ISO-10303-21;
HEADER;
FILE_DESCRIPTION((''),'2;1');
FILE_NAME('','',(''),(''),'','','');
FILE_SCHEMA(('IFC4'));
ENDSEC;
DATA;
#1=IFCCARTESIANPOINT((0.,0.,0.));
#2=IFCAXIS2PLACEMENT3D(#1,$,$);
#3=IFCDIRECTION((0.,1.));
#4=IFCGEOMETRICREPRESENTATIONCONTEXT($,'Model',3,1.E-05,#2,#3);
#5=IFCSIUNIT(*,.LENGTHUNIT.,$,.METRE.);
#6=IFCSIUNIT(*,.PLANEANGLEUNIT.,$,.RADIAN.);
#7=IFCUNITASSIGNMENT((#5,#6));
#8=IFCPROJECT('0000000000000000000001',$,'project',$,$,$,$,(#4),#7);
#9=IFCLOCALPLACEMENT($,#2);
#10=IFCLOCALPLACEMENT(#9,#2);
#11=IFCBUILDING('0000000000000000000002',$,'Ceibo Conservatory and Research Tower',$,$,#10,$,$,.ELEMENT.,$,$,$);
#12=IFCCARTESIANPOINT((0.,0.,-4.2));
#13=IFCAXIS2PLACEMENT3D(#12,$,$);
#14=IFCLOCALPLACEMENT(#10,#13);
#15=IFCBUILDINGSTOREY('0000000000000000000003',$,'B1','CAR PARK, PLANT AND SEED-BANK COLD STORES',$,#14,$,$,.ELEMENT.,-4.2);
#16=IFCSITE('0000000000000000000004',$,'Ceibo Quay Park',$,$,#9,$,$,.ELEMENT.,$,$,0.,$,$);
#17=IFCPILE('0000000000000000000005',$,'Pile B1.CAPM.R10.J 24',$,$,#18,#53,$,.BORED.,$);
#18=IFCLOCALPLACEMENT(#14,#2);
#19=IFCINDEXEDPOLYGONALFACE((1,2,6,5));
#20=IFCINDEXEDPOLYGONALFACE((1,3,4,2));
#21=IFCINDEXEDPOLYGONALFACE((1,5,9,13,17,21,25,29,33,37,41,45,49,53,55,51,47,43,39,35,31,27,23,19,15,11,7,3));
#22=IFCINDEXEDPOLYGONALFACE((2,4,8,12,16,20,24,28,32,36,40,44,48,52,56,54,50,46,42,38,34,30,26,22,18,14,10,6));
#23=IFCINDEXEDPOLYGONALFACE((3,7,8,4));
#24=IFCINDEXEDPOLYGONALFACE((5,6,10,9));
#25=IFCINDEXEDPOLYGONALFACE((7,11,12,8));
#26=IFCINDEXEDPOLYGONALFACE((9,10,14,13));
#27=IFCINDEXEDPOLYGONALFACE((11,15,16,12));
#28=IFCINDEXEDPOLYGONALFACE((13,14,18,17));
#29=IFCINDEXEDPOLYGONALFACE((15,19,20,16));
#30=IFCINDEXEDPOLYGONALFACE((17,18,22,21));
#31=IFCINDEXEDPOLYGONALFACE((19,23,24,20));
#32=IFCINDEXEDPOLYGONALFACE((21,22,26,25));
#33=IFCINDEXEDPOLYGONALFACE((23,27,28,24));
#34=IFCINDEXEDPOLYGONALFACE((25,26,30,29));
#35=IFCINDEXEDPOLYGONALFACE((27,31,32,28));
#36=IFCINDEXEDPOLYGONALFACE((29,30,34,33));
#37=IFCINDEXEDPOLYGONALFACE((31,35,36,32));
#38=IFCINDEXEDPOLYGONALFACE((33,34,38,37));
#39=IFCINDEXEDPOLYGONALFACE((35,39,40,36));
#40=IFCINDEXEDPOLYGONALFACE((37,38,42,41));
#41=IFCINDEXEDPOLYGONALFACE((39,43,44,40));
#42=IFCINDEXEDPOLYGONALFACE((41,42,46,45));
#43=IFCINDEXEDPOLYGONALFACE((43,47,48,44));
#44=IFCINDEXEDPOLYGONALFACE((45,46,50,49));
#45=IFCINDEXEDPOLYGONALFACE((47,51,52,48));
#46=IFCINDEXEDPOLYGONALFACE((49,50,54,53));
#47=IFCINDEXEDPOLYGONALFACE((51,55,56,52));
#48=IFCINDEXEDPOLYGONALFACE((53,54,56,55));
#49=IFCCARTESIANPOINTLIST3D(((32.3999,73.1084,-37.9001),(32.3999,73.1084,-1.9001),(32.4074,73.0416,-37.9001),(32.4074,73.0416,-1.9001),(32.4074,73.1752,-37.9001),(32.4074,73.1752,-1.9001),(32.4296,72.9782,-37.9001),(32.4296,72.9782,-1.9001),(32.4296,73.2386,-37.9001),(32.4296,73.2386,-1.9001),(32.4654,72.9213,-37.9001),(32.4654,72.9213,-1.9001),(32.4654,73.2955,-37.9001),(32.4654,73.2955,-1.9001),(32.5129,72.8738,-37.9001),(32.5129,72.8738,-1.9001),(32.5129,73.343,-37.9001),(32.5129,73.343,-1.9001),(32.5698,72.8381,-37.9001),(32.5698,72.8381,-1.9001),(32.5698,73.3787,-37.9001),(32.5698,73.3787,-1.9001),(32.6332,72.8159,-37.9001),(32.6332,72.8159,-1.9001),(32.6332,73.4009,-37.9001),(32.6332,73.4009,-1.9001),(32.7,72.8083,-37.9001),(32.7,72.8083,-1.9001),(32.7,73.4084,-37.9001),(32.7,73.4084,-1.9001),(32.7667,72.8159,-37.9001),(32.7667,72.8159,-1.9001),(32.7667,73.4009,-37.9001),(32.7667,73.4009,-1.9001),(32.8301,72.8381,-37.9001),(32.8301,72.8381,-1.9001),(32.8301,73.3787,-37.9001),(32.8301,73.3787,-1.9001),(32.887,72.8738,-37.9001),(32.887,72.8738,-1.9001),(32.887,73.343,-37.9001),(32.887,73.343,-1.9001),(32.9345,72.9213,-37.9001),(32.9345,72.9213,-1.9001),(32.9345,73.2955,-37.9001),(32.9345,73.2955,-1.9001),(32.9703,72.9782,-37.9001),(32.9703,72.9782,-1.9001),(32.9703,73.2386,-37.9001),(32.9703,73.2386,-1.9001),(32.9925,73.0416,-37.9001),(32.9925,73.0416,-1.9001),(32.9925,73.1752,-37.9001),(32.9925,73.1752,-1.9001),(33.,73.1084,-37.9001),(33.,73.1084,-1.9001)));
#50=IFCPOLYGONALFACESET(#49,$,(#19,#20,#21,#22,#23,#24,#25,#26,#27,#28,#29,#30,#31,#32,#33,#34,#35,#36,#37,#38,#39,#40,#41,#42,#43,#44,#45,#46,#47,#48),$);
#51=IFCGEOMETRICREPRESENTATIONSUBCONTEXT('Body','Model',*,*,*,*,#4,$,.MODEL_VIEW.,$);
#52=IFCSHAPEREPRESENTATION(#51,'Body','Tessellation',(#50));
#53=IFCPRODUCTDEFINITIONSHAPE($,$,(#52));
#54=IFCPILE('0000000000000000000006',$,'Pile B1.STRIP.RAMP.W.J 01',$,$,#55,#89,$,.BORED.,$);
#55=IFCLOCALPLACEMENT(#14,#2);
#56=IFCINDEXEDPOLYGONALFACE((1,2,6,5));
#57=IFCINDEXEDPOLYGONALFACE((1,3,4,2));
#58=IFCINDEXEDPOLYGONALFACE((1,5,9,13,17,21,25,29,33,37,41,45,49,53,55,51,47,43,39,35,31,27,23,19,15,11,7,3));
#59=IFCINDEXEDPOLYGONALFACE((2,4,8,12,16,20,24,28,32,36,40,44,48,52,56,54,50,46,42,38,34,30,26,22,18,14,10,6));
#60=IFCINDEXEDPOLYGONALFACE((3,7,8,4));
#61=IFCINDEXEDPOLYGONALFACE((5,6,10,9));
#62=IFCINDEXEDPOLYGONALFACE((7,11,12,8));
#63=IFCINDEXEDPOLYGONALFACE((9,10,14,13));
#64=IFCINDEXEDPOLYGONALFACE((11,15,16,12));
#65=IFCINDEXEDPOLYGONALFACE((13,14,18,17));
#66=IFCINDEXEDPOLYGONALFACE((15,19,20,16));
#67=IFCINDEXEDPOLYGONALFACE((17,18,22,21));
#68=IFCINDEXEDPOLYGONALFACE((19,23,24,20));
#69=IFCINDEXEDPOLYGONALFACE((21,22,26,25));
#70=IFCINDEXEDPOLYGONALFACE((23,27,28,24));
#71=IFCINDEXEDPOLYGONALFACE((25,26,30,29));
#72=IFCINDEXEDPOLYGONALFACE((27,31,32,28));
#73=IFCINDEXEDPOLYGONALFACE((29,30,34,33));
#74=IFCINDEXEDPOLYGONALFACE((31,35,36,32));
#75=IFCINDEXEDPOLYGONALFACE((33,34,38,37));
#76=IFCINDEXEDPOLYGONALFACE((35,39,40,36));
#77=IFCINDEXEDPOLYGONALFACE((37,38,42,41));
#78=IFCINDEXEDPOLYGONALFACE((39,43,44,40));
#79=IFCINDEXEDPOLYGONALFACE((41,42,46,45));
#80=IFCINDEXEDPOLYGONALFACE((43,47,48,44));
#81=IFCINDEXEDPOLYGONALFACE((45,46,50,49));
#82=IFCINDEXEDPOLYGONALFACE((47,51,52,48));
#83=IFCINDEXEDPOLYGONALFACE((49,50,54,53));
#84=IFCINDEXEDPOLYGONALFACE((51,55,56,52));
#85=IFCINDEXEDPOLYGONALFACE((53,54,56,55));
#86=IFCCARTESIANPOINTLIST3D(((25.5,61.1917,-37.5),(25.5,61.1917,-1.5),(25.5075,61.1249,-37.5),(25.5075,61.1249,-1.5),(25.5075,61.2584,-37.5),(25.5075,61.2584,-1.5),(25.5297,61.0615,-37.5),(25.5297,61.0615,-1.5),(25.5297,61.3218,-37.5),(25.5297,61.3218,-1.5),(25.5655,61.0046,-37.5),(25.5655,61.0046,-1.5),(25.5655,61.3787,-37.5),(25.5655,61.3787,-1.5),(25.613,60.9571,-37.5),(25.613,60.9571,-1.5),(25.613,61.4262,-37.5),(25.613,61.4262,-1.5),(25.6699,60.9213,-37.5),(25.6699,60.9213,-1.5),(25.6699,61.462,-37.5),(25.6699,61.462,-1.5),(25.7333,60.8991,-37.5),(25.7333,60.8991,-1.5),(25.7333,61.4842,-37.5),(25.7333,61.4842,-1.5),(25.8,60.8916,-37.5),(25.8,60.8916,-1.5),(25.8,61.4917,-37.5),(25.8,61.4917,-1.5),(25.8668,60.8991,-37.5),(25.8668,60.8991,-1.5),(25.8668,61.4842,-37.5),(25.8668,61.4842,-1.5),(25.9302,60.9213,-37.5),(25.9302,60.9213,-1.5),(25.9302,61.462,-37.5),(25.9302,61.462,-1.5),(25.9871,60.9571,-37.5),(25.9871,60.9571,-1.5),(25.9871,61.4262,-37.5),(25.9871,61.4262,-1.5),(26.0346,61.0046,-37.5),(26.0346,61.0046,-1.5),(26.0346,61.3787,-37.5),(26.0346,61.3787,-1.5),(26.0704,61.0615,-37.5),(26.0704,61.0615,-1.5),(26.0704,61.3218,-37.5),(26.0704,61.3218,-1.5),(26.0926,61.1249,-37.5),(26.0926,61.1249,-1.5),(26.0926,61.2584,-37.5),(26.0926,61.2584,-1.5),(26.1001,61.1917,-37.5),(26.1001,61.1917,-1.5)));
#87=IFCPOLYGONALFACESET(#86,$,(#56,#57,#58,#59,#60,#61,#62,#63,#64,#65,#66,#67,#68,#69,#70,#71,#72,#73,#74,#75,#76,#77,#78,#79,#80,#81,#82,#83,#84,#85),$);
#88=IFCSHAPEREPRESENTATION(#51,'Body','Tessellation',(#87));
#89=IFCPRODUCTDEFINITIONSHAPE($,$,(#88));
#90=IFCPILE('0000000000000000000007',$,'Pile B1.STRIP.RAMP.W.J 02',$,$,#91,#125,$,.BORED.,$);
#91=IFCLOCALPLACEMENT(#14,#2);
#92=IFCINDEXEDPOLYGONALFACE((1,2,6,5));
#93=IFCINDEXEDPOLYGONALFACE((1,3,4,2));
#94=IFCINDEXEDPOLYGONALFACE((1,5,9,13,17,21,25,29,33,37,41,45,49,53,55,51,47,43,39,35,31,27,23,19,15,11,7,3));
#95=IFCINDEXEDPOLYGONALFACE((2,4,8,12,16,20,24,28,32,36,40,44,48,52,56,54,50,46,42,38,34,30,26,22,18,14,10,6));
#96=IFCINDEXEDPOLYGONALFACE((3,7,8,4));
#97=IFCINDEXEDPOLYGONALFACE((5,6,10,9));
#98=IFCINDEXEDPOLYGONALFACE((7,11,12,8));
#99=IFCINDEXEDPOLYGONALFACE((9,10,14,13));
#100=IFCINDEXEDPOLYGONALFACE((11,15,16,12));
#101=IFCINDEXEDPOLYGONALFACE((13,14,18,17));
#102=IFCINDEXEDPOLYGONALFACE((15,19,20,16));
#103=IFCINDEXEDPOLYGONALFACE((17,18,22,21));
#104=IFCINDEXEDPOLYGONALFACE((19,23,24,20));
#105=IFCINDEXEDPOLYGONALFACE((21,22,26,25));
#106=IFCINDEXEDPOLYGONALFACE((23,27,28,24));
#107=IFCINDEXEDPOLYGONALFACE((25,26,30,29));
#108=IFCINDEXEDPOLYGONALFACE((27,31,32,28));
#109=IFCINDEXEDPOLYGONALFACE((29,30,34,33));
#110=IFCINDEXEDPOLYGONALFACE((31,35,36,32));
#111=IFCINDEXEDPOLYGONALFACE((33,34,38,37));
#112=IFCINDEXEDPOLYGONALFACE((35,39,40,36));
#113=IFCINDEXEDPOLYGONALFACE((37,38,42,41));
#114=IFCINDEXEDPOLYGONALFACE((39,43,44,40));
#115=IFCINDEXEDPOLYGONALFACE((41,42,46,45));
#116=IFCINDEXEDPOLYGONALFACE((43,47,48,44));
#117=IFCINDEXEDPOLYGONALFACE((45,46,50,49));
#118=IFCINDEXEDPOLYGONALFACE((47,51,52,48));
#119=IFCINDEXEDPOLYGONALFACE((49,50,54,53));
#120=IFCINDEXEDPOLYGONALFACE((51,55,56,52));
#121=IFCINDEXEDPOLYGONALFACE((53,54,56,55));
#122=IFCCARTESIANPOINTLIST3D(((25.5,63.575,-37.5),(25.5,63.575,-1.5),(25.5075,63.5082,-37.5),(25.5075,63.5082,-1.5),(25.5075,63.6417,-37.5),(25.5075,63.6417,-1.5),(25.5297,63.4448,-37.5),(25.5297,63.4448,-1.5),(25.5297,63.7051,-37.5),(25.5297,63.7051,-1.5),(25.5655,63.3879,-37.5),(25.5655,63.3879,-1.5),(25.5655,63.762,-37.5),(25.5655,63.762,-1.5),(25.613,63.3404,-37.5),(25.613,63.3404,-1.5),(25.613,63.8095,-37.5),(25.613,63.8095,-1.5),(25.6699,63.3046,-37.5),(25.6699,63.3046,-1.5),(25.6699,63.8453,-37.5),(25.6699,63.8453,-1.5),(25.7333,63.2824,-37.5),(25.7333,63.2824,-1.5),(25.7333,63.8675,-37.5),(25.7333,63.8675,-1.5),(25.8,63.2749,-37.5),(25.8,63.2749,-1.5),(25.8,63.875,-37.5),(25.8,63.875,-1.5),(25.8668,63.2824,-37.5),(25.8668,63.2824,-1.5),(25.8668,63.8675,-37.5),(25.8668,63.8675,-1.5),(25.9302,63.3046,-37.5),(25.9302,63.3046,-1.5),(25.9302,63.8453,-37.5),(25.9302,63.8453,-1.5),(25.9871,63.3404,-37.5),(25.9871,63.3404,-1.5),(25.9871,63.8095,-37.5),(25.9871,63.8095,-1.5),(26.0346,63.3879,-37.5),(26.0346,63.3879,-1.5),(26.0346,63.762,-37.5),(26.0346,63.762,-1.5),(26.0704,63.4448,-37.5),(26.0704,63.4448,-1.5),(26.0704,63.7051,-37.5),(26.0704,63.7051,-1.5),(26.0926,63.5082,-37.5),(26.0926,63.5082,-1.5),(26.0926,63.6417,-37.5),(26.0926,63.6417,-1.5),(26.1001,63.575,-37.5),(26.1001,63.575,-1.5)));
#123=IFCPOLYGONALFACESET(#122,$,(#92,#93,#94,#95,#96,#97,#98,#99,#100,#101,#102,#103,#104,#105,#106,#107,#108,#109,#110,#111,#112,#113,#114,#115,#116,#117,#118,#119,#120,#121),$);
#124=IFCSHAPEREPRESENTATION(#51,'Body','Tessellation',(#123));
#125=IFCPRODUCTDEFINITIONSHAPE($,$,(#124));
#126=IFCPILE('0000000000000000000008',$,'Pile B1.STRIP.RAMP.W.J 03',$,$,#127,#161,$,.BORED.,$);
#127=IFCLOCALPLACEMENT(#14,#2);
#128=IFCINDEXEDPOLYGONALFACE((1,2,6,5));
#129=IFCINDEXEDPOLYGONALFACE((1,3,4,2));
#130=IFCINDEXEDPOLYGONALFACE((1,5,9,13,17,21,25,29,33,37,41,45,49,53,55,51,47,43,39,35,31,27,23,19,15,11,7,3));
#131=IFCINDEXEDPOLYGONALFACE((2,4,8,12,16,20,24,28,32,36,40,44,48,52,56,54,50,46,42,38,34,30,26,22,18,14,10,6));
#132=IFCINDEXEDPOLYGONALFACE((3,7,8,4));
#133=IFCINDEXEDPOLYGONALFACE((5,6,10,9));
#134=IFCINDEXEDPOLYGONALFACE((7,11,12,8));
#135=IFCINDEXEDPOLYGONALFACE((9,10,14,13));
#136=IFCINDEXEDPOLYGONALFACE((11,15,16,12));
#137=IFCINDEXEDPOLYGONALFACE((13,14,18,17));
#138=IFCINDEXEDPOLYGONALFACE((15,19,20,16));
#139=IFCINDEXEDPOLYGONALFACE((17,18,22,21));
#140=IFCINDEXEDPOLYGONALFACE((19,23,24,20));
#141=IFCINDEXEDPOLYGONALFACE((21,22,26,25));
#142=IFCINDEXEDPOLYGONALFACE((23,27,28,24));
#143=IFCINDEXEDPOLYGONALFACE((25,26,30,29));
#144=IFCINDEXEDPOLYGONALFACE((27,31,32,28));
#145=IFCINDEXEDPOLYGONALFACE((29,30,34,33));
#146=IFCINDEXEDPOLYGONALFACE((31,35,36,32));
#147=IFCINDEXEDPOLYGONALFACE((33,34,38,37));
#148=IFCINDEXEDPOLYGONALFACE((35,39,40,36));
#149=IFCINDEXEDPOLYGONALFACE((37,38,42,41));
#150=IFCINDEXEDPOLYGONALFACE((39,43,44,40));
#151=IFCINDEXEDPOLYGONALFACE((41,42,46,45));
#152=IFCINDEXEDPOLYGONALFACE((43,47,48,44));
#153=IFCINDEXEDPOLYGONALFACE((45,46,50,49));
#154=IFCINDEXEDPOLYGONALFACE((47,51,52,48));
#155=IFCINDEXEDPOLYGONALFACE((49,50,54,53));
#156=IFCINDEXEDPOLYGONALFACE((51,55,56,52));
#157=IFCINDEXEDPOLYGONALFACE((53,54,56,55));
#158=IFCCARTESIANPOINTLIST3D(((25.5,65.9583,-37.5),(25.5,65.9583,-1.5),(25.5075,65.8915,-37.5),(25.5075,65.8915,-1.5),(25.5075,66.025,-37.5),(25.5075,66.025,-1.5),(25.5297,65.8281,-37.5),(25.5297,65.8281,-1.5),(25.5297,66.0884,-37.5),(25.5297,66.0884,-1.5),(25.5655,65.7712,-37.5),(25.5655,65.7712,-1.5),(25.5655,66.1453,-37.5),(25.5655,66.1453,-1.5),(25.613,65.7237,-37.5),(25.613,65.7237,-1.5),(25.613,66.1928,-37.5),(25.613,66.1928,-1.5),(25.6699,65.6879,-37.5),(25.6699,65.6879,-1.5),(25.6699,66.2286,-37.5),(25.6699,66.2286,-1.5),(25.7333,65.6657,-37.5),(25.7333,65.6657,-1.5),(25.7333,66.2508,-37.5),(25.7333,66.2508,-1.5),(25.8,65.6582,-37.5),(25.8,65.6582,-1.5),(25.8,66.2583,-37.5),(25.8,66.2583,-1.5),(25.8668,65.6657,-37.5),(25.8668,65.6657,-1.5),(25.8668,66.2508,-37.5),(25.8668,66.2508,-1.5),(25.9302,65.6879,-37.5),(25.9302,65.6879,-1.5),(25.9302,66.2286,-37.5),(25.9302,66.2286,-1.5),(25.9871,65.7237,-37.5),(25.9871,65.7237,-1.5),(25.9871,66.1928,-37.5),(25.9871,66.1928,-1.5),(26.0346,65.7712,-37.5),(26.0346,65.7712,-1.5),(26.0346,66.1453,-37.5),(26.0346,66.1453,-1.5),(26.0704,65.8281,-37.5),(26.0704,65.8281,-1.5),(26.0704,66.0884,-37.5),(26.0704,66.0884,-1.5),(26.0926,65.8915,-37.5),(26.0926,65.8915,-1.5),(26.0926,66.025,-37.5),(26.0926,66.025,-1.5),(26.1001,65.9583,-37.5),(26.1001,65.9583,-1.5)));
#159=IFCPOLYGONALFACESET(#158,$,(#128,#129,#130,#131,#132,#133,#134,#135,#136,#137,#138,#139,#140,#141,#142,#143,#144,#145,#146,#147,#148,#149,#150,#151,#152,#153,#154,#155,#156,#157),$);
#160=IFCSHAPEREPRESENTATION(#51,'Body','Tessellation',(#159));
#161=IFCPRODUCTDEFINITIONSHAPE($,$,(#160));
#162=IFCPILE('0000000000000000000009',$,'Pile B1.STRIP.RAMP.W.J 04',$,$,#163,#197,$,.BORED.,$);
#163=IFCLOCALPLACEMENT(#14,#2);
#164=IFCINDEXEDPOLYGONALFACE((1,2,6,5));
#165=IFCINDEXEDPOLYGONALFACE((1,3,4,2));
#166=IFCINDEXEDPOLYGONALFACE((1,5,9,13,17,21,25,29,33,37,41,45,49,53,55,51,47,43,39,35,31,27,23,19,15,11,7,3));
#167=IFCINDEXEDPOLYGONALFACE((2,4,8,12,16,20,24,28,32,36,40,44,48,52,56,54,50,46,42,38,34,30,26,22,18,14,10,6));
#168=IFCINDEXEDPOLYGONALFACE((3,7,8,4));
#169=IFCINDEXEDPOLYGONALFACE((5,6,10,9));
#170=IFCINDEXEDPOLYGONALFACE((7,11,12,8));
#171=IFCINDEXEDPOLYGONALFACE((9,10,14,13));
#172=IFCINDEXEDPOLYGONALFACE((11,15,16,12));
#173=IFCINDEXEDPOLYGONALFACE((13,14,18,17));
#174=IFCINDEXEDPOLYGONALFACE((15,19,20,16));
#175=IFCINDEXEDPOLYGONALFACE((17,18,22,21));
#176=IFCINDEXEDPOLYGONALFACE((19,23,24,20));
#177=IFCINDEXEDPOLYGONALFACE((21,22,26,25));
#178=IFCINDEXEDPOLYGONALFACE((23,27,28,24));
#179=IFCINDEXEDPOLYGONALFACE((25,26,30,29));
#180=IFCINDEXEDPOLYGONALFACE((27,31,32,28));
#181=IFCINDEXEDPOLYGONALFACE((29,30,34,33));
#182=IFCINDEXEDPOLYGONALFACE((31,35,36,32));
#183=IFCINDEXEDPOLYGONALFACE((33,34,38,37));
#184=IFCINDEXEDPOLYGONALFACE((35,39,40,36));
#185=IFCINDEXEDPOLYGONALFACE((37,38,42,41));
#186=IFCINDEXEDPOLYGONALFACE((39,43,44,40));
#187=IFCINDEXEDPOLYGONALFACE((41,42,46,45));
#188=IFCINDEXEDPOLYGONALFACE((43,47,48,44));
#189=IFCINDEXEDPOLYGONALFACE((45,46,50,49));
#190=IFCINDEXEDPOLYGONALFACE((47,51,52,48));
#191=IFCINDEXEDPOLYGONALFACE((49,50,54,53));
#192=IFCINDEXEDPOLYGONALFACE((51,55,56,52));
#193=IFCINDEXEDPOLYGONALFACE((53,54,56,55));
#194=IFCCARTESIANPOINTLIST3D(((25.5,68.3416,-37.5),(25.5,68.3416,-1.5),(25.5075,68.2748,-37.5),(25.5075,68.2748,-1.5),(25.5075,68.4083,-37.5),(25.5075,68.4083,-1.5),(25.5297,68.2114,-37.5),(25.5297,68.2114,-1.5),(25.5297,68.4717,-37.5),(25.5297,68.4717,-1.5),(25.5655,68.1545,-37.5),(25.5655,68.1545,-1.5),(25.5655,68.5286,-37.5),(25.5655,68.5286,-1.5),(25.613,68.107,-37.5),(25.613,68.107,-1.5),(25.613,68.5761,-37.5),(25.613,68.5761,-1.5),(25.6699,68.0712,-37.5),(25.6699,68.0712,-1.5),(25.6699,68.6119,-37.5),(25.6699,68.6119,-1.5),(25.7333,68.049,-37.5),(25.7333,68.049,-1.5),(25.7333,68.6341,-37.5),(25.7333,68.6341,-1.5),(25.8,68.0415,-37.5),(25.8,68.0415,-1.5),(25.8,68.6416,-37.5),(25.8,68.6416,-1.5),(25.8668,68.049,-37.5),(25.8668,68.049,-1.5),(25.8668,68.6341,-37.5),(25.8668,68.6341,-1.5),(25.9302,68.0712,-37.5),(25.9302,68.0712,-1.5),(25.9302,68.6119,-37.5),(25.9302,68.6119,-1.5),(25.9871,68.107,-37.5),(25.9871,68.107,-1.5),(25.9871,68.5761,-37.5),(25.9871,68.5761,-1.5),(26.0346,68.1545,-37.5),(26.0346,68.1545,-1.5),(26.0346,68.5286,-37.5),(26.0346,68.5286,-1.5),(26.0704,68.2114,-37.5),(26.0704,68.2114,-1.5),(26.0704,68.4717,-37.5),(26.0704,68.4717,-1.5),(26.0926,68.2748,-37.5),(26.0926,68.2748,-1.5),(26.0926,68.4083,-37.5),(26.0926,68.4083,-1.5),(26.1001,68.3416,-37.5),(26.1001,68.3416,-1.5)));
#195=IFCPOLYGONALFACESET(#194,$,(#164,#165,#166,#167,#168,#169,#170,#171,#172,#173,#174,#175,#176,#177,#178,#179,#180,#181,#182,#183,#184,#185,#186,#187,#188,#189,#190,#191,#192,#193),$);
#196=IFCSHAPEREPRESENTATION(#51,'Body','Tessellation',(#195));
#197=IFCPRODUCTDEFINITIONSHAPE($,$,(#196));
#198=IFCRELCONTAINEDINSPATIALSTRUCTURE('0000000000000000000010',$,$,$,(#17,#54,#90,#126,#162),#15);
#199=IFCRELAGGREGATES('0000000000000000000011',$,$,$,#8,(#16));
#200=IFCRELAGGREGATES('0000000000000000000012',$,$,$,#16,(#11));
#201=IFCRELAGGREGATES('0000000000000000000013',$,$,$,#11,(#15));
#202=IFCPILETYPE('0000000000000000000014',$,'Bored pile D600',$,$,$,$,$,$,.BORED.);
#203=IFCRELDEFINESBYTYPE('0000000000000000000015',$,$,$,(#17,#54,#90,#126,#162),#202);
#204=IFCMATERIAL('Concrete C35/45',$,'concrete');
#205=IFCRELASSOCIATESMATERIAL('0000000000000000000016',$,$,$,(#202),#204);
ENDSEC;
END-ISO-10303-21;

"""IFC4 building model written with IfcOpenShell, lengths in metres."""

from ifc_helpers import new_model, si_unit, direction, frame, origin, origin_2d, place, context, subcontext, project, spatial, circle, extrude, material, material_profile, profile_set, type_object, element, save


model = new_model("IFC4")

# Units and contexts
model_context = context("Model", 3, precision=1e-05, world=origin(), true_north=direction((0.0, 1.0)))
body_context = subcontext(model_context, "Body", "Model", "MODEL_VIEW")
ifc_project = project(units=[si_unit("LENGTHUNIT", "METRE"), si_unit("PLANEANGLEUNIT", "RADIAN")], contexts=[model_context])

# Site, building, storey
site_placement = place(None, origin())
site = spatial("IfcSite", under=ifc_project, at=site_placement, Name="Ceibo Quay Park", CompositionType="ELEMENT", RefElevation=0.0)
building_placement = place(site_placement, origin())
building = spatial("IfcBuilding", under=site, at=building_placement, Name="Ceibo Conservatory and Research Tower", CompositionType="ELEMENT")
storey_placement = place(building_placement, frame((0.0, 0.0, -4.2)))
storey = spatial("IfcBuildingStorey", under=building, at=storey_placement, Name="B1", Description="CAR PARK, PLANT AND SEED-BANK COLD STORES", CompositionType="ELEMENT", Elevation=-4.2)

# Piles
ifc_material_1 = material(Name="Concrete C35/45", Category="concrete")
ifc_material_profile = material_profile(ifc_material_1, circle(Radius=0.3, at=origin_2d()), Name="RC D600")
ifc_profile_set = profile_set([ifc_material_profile], Name="Concrete C35/45")
pile_type = type_object("IfcPileType", Name="Bored pile D600", PredefinedType="BORED", material=ifc_profile_set)
for number, where, z_axis, x_axis, name in (
    (1, (32.7, 73.1084, -1.9001), (0.0, 0.0, -1.0), (1.0, 0.0, 0.0), "Pile B1.CAPM.R10.J 24"),
    (2, (25.8, 61.1917, -1.5), (0.0, 0.0, -1.0), (1.0, 0.0, 0.0), "Pile B1.STRIP.RAMP.W.J 01"),
    (3, (25.8, 63.575, -1.5), (0.0, 0.0, -1.0), (1.0, 0.0, 0.0), "Pile B1.STRIP.RAMP.W.J 02"),
    (4, (25.8, 65.9583, -1.5), (0.0, 0.0, -1.0), (1.0, 0.0, 0.0), "Pile B1.STRIP.RAMP.W.J 03"),
    (5, (25.8, 68.3416, -1.5), (0.0, 0.0, -1.0), (1.0, 0.0, 0.0), "Pile B1.STRIP.RAMP.W.J 04"),
):
    element("IfcPile", number, at=place(storey_placement, frame(where, z_axis=z_axis, x_axis=x_axis)), inside=storey, type_object=pile_type, Name=name, PredefinedType="BORED", context=body_context, shape_type="SweptSolid", body=[
        extrude(circle(Radius=0.3, at=origin_2d()), origin(), (0.0, 0.0, 1.0), 36.0),
    ])

save(model, "model.ifc")
